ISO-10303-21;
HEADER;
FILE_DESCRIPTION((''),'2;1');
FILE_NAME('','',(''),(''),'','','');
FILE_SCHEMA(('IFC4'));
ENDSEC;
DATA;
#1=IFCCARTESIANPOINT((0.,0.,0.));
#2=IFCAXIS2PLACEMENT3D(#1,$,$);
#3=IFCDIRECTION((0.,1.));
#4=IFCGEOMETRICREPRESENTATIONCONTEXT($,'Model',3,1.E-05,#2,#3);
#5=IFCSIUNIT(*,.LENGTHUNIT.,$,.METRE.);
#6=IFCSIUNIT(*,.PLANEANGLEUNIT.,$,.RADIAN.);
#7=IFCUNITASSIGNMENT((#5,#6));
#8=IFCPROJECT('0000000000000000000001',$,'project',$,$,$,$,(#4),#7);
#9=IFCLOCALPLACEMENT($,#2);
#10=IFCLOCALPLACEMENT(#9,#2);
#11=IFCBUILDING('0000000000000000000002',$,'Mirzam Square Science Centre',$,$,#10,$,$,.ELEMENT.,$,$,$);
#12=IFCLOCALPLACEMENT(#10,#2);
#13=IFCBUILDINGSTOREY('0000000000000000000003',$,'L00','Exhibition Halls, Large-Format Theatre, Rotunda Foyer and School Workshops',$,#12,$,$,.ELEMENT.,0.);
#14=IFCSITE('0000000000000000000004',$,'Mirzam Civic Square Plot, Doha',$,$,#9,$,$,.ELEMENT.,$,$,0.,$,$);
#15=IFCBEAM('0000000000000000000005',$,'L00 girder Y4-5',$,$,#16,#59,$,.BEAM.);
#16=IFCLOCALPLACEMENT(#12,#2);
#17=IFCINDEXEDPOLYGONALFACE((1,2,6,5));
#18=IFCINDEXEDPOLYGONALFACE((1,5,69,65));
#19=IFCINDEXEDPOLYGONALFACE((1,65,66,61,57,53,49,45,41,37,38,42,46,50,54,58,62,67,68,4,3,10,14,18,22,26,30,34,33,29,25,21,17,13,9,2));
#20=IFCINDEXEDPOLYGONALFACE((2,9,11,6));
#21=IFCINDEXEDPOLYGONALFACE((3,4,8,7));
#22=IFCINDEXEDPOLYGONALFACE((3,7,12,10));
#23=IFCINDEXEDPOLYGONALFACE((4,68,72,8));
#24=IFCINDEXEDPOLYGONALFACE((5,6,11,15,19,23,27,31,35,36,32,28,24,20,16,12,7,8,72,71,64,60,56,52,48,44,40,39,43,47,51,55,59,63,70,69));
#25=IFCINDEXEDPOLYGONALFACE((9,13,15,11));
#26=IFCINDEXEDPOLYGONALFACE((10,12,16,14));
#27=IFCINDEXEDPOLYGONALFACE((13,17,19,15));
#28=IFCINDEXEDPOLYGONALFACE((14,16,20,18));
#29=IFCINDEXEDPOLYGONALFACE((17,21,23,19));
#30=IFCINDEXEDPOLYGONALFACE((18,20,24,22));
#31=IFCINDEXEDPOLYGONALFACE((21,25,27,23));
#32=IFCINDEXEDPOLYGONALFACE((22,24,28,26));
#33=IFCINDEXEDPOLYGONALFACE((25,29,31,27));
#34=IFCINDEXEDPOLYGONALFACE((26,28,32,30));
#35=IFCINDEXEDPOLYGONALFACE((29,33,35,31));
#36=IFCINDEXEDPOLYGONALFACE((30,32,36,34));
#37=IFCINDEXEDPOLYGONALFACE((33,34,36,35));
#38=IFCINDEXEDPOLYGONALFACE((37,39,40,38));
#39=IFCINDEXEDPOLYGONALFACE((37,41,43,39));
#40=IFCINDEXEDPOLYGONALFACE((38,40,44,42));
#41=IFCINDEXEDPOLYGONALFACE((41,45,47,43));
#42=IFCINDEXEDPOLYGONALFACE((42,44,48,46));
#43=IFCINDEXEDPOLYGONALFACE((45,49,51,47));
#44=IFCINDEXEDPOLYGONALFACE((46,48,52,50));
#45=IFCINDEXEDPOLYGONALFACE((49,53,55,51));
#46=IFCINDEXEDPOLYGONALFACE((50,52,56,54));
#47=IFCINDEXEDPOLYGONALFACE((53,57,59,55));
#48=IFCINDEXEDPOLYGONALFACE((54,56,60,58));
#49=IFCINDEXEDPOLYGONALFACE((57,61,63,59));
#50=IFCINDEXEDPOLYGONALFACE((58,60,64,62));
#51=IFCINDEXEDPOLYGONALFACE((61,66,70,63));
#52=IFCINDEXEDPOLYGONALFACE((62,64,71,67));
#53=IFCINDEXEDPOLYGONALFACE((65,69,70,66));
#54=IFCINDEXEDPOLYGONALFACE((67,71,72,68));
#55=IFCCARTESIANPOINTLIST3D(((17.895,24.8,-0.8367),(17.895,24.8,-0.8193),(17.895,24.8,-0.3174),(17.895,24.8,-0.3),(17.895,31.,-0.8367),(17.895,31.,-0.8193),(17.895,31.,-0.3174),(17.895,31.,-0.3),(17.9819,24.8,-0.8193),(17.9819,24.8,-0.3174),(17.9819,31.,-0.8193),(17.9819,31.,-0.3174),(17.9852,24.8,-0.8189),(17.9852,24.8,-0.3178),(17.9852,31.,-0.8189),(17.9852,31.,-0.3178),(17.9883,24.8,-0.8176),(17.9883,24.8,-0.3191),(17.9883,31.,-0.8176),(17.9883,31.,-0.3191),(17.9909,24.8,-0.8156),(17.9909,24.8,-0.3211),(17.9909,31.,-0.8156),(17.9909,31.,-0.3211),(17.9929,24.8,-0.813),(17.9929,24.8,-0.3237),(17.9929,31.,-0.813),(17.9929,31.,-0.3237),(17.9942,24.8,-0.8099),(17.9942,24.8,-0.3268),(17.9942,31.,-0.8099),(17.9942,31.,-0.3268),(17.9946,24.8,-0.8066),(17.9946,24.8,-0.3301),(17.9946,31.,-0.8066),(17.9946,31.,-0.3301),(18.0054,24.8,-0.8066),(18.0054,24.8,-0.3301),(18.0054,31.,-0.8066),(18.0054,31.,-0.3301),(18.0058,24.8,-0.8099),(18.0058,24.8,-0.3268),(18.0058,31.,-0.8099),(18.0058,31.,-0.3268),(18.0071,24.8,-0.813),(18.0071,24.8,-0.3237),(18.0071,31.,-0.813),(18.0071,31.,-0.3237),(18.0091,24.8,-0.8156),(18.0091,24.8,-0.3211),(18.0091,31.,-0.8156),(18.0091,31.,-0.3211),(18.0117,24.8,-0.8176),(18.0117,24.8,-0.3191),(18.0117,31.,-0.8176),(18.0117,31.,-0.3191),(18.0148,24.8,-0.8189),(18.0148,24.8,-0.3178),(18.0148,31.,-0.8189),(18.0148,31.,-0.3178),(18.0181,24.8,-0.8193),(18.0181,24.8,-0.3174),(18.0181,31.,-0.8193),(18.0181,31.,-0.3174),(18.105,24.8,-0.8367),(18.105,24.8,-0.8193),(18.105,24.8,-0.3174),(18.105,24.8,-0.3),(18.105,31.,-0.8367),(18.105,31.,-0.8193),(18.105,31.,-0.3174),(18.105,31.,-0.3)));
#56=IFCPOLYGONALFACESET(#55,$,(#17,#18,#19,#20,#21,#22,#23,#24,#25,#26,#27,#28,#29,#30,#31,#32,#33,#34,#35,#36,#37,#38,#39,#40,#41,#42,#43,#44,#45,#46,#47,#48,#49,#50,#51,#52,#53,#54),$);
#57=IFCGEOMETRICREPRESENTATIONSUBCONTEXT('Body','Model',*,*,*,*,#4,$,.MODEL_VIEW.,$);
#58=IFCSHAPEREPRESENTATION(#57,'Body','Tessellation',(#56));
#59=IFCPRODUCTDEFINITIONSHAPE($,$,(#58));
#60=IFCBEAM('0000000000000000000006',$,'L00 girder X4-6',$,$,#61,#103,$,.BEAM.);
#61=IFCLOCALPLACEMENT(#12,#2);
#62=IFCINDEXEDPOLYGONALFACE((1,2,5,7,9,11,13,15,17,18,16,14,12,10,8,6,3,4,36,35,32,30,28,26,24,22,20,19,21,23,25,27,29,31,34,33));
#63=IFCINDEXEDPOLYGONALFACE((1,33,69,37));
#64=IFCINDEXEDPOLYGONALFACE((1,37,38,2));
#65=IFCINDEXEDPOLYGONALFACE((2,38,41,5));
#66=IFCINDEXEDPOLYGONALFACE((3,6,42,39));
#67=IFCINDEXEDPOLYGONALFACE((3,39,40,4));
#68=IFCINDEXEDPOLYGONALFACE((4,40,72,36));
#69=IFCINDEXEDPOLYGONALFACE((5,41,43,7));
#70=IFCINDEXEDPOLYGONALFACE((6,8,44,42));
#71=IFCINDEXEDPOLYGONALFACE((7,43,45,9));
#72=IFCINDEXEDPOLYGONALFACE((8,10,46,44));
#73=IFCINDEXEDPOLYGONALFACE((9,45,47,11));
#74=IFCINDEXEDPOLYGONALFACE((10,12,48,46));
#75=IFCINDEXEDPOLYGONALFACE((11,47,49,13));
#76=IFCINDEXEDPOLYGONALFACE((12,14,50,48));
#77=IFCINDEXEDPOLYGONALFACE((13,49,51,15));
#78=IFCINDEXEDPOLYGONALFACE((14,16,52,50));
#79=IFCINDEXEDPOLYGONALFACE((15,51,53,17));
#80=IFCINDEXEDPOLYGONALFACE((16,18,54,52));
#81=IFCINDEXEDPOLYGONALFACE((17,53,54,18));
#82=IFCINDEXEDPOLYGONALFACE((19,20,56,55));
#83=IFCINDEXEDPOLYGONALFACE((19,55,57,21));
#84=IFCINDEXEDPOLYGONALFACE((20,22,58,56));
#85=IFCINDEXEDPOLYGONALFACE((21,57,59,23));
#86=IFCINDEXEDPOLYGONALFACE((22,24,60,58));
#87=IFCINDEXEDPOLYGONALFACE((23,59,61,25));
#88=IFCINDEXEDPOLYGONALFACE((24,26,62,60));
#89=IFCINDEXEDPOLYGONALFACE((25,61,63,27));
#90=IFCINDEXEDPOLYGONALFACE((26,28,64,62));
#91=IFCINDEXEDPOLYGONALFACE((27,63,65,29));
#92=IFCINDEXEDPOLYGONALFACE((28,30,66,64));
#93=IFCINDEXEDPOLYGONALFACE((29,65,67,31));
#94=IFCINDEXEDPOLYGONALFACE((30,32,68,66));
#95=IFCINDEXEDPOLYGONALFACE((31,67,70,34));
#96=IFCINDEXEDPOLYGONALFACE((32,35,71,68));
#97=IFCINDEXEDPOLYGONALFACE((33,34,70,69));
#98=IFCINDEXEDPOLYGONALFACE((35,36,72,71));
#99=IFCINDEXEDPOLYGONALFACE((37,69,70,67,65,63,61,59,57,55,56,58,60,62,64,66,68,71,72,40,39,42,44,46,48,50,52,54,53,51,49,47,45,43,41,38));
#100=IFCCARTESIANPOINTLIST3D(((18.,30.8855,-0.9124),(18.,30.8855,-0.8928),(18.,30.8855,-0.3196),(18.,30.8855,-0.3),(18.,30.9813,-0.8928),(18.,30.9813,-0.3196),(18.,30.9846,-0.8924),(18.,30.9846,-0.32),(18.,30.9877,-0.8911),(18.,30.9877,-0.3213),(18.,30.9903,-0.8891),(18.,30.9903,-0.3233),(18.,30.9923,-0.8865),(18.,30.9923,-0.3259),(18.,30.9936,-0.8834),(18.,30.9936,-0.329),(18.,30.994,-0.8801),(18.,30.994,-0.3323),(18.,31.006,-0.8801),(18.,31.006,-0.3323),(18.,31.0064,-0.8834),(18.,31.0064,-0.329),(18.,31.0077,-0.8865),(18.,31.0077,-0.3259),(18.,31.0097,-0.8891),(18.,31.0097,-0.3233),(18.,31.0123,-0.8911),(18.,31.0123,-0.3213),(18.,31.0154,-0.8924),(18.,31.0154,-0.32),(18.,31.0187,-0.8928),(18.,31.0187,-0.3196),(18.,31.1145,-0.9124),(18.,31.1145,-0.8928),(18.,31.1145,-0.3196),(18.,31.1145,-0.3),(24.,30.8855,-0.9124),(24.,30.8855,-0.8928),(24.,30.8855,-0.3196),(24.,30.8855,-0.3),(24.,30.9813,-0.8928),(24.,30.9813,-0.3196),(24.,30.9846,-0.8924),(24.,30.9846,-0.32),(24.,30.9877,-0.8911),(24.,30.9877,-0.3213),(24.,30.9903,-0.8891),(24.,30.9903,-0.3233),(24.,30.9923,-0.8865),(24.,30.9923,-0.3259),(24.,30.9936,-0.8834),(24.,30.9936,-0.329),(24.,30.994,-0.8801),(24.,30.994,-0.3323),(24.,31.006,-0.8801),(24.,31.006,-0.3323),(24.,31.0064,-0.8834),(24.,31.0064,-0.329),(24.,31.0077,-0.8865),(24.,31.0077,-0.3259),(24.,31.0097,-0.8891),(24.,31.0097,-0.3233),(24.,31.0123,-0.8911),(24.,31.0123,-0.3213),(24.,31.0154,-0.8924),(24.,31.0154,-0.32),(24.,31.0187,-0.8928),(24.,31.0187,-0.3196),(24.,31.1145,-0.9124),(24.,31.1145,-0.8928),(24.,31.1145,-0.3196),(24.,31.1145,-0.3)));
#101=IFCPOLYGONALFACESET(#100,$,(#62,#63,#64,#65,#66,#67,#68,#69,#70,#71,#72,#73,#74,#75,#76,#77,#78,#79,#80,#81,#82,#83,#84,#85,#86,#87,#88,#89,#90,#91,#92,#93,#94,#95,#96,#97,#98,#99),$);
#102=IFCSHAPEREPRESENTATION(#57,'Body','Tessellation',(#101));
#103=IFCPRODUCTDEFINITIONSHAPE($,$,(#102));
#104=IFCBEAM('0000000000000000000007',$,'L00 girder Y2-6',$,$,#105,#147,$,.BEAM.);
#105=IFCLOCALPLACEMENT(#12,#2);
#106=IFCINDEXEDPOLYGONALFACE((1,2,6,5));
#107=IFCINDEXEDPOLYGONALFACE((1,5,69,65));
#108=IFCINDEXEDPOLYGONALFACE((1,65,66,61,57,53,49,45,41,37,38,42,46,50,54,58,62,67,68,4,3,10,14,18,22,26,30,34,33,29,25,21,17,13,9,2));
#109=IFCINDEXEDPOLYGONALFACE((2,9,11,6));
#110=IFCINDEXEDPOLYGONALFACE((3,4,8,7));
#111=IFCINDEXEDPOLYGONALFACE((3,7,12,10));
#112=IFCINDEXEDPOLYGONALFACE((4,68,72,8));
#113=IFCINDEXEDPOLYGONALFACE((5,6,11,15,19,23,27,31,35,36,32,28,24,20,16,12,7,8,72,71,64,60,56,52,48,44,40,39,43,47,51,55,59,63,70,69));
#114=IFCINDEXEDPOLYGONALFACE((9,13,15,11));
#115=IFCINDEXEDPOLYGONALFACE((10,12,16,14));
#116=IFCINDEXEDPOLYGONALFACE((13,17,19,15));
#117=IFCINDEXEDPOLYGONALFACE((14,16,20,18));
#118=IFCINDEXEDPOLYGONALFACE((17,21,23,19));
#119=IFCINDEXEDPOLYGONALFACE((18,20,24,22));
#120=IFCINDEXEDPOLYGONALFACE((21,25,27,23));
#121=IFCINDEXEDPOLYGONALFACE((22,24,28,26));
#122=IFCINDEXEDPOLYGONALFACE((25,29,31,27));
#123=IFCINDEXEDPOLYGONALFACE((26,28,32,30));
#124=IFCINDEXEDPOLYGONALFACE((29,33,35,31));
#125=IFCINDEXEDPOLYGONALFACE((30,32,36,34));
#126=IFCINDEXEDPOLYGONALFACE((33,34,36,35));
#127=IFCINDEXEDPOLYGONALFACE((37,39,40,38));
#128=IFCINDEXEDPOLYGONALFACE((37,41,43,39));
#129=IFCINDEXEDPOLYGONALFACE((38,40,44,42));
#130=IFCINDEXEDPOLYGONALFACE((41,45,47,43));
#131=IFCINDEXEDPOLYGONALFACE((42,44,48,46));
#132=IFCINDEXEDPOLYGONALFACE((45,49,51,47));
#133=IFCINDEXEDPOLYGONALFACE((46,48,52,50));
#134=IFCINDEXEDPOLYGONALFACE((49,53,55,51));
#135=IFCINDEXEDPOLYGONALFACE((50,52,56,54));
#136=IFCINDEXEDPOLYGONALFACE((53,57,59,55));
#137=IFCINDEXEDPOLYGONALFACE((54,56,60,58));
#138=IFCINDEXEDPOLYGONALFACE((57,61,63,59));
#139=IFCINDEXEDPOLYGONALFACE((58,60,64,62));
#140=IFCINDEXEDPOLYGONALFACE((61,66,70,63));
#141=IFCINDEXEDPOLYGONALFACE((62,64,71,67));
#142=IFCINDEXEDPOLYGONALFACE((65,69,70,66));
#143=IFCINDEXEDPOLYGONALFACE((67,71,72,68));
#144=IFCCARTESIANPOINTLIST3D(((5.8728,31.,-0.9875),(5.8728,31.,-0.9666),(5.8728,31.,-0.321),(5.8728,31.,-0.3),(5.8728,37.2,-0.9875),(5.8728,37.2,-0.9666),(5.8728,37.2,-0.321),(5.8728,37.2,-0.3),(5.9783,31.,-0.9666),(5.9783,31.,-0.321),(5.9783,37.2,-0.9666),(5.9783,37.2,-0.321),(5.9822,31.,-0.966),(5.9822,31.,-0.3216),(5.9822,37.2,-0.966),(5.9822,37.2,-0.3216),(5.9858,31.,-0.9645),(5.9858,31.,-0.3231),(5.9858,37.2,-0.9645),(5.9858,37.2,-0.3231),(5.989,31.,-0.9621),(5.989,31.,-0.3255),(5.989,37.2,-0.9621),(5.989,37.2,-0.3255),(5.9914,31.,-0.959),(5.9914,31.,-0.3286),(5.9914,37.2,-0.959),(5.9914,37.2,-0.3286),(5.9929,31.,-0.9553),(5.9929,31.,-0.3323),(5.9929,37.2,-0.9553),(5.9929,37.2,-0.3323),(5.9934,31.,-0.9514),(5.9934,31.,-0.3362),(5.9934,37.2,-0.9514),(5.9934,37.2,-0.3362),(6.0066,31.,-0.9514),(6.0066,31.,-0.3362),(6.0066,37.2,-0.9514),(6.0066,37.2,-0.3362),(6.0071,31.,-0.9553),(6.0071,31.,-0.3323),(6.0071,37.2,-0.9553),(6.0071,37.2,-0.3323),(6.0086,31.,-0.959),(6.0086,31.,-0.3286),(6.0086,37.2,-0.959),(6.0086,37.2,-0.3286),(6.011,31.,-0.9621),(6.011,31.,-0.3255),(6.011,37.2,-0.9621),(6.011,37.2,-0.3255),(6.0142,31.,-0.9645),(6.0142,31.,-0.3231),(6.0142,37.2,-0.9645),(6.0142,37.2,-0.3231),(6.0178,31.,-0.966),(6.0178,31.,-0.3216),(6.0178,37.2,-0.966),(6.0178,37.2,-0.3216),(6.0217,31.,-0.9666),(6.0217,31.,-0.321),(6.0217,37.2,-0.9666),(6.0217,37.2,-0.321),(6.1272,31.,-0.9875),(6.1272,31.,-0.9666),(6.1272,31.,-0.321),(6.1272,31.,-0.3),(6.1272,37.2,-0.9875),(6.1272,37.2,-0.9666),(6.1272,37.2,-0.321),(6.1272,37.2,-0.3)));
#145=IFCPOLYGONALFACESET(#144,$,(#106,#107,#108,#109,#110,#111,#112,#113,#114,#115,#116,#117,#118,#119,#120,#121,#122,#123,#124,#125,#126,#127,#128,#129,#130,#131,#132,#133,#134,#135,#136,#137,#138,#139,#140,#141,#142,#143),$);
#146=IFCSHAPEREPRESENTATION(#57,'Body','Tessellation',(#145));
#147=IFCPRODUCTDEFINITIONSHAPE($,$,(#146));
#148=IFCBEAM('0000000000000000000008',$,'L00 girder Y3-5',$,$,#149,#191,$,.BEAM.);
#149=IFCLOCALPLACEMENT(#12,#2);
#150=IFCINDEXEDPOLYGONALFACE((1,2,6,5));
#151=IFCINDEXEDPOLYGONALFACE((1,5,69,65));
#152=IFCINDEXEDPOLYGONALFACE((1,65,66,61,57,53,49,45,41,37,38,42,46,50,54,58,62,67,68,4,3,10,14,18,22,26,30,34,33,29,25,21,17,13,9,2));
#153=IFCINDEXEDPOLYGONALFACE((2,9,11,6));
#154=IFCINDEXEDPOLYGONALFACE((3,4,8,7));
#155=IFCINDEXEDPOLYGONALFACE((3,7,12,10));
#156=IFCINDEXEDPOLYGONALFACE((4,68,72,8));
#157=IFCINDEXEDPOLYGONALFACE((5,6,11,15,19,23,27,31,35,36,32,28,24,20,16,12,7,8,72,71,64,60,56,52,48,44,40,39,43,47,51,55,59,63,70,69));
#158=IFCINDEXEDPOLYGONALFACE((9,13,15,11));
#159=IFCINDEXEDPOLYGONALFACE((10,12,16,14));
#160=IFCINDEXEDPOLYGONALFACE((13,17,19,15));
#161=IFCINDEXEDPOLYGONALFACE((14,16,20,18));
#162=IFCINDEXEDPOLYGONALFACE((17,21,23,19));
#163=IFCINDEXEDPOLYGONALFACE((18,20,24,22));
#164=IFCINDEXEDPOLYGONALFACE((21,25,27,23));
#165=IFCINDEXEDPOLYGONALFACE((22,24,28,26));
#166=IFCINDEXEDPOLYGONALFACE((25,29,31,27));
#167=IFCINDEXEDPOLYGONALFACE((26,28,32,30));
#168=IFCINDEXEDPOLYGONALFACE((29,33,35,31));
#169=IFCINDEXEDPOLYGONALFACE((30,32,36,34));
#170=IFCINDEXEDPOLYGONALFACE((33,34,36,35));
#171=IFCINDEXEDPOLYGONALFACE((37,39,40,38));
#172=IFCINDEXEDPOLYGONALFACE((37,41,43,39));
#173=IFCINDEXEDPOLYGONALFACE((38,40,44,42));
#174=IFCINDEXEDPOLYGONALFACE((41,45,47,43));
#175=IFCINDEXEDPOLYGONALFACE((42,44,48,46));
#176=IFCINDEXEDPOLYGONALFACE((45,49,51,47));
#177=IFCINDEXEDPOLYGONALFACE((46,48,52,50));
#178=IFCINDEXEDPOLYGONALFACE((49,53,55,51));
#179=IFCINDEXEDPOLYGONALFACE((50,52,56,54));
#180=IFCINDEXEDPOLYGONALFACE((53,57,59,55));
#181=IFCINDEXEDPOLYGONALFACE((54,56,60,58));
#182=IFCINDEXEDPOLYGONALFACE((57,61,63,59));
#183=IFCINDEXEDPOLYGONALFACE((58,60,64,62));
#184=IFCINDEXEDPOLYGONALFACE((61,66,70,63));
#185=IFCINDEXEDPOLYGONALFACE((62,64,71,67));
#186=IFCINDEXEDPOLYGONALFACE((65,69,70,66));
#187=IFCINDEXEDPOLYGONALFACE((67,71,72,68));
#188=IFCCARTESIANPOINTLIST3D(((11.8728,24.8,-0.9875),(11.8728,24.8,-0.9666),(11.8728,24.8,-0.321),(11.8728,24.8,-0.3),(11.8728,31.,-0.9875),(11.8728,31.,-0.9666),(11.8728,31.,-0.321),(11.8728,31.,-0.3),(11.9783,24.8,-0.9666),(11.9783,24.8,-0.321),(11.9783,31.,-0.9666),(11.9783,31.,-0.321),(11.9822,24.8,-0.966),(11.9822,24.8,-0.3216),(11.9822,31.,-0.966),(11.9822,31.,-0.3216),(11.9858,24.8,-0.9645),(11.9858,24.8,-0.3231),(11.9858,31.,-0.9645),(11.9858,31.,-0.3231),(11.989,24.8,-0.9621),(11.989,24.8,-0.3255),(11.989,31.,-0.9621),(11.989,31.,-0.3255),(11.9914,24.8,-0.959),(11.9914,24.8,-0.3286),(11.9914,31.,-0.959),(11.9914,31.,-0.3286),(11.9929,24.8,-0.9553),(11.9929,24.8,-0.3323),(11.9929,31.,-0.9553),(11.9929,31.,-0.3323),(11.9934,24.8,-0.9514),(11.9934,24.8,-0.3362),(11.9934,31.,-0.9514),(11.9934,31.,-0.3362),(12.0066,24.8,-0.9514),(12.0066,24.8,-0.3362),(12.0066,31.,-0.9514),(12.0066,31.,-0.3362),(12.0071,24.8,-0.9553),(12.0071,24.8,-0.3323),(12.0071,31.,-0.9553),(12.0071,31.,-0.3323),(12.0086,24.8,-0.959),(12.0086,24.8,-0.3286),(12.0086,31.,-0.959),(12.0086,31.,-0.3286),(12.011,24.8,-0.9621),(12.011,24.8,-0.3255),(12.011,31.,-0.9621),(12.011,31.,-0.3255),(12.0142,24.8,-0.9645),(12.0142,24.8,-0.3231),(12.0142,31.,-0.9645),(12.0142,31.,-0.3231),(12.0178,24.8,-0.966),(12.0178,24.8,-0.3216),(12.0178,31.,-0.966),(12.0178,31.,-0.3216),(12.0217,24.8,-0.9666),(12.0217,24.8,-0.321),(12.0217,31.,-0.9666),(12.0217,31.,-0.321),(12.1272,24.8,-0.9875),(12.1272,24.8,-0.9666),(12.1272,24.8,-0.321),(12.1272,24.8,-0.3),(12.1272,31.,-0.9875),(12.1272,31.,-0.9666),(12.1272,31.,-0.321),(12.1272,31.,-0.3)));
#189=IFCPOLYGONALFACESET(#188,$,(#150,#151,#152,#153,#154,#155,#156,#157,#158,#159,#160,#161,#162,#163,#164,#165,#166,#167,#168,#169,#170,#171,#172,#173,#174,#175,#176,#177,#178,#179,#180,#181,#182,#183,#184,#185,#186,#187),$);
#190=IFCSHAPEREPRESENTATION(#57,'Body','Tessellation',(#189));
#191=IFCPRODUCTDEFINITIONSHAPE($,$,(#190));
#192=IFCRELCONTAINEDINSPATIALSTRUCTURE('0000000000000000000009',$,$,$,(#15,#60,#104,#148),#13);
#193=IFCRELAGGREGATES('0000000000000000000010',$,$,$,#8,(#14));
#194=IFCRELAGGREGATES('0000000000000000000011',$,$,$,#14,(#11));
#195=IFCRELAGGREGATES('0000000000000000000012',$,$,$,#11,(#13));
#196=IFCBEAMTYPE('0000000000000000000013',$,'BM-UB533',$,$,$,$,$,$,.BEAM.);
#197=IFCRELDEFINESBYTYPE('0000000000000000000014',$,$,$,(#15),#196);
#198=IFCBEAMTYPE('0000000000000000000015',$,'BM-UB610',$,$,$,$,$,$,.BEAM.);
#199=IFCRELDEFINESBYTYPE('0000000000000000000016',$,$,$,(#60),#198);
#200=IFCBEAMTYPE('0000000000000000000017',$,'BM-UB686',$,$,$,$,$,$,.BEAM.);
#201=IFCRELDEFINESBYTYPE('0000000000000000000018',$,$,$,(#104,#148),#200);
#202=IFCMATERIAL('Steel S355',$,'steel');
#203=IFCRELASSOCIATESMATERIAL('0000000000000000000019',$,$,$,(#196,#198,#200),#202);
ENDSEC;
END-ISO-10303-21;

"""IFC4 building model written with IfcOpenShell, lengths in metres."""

from ifc_helpers import new_model, si_unit, direction, frame, origin, origin_2d, place, context, subcontext, project, spatial, i_section, extrude, material, material_profile, profile_set, type_object, element, save


model = new_model("IFC4")

# Units and contexts
model_context = context("Model", 3, precision=1e-05, world=origin(), true_north=direction((0.0, 1.0)))
body_context = subcontext(model_context, "Body", "Model", "MODEL_VIEW")
ifc_project = project(units=[si_unit("LENGTHUNIT", "METRE"), si_unit("PLANEANGLEUNIT", "RADIAN")], contexts=[model_context])

# Site, building, storey
site_placement = place(None, origin())
site = spatial("IfcSite", under=ifc_project, at=site_placement, Name="Mirzam Civic Square Plot, Doha", CompositionType="ELEMENT", RefElevation=0.0)
building_placement = place(site_placement, origin())
building = spatial("IfcBuilding", under=site, at=building_placement, Name="Mirzam Square Science Centre", CompositionType="ELEMENT")
storey_placement = place(building_placement, origin())
storey = spatial("IfcBuildingStorey", under=building, at=storey_placement, Name="L00", Description="Exhibition Halls, Large-Format Theatre, Rotunda Foyer and School Workshops", CompositionType="ELEMENT", Elevation=0.0)

# Shared definitions
ifc_material_1 = material(Name="Steel S355", Category="steel")

# Beams
ifc_material_profile_1 = material_profile(ifc_material_1, i_section(OverallWidth=0.21, OverallDepth=0.5366, WebThickness=0.0107, FlangeThickness=0.0173, FilletRadius=0.0127, at=origin_2d()), Name="533x210x101UB")
ifc_profile_set_1 = profile_set([ifc_material_profile_1], Name="Steel S355")
beam_type_1 = type_object("IfcBeamType", Name="BM-UB533", PredefinedType="BEAM", material=ifc_profile_set_1)
for number, where, z_axis, x_axis, name in (
    (1, (18.0, 24.8, -0.5684), (0.0, 1.0, 0.0), (-1.0, 0.0, 0.0), "L00 girder Y4-5"),
):
    element("IfcBeam", number, at=place(storey_placement, frame(where, z_axis=z_axis, x_axis=x_axis)), inside=storey, type_object=beam_type_1, Name=name, PredefinedType="BEAM", context=body_context, shape_type="SweptSolid", body=[
        extrude(i_section(OverallWidth=0.21, OverallDepth=0.5366, WebThickness=0.0107, FlangeThickness=0.0173, FilletRadius=0.0127, at=origin_2d()), origin(), (0.0, 0.0, 1.0), 6.2),
    ])
ifc_material_profile_2 = material_profile(ifc_material_1, i_section(OverallWidth=0.229, OverallDepth=0.6123, WebThickness=0.012, FlangeThickness=0.0195, FilletRadius=0.0127, at=origin_2d()), Name="610x229x125UB")
ifc_profile_set_2 = profile_set([ifc_material_profile_2], Name="Steel S355")
beam_type_2 = type_object("IfcBeamType", Name="BM-UB610", PredefinedType="BEAM", material=ifc_profile_set_2)
beam_1_placement = place(storey_placement, frame((18.0, 31.0, -0.6062), z_axis=(1.0, 0.0, 0.0), x_axis=(0.0, 1.0, 0.0)))
element("IfcBeam", 2, at=beam_1_placement, inside=storey, type_object=beam_type_2, Name="L00 girder X4-6", PredefinedType="BEAM", context=body_context, shape_type="SweptSolid", body=[
    extrude(i_section(OverallWidth=0.229, OverallDepth=0.6123, WebThickness=0.012, FlangeThickness=0.0195, FilletRadius=0.0127, at=origin_2d()), origin(), (0.0, 0.0, 1.0), 6.0),
])
ifc_material_profile_3 = material_profile(ifc_material_1, i_section(OverallWidth=0.2544, OverallDepth=0.6875, WebThickness=0.0132, FlangeThickness=0.021, FilletRadius=0.0151, at=origin_2d()), Name="686x254x152UB")
ifc_profile_set_3 = profile_set([ifc_material_profile_3], Name="Steel S355")
beam_type_3 = type_object("IfcBeamType", Name="BM-UB686", PredefinedType="BEAM", material=ifc_profile_set_3)
for number, where, z_axis, x_axis, name in (
    (3, (6.0, 31.0, -0.6438), (0.0, 1.0, 0.0), (-1.0, 0.0, 0.0), "L00 girder Y2-6"),
    (4, (12.0, 24.8, -0.6438), (0.0, 1.0, 0.0), (-1.0, 0.0, 0.0), "L00 girder Y3-5"),
):
    element("IfcBeam", number, at=place(storey_placement, frame(where, z_axis=z_axis, x_axis=x_axis)), inside=storey, type_object=beam_type_3, Name=name, PredefinedType="BEAM", context=body_context, shape_type="SweptSolid", body=[
        extrude(i_section(OverallWidth=0.2544, OverallDepth=0.6875, WebThickness=0.0132, FlangeThickness=0.021, FilletRadius=0.0151, at=origin_2d()), origin(), (0.0, 0.0, 1.0), 6.2),
    ])

save(model, "model.ifc")
